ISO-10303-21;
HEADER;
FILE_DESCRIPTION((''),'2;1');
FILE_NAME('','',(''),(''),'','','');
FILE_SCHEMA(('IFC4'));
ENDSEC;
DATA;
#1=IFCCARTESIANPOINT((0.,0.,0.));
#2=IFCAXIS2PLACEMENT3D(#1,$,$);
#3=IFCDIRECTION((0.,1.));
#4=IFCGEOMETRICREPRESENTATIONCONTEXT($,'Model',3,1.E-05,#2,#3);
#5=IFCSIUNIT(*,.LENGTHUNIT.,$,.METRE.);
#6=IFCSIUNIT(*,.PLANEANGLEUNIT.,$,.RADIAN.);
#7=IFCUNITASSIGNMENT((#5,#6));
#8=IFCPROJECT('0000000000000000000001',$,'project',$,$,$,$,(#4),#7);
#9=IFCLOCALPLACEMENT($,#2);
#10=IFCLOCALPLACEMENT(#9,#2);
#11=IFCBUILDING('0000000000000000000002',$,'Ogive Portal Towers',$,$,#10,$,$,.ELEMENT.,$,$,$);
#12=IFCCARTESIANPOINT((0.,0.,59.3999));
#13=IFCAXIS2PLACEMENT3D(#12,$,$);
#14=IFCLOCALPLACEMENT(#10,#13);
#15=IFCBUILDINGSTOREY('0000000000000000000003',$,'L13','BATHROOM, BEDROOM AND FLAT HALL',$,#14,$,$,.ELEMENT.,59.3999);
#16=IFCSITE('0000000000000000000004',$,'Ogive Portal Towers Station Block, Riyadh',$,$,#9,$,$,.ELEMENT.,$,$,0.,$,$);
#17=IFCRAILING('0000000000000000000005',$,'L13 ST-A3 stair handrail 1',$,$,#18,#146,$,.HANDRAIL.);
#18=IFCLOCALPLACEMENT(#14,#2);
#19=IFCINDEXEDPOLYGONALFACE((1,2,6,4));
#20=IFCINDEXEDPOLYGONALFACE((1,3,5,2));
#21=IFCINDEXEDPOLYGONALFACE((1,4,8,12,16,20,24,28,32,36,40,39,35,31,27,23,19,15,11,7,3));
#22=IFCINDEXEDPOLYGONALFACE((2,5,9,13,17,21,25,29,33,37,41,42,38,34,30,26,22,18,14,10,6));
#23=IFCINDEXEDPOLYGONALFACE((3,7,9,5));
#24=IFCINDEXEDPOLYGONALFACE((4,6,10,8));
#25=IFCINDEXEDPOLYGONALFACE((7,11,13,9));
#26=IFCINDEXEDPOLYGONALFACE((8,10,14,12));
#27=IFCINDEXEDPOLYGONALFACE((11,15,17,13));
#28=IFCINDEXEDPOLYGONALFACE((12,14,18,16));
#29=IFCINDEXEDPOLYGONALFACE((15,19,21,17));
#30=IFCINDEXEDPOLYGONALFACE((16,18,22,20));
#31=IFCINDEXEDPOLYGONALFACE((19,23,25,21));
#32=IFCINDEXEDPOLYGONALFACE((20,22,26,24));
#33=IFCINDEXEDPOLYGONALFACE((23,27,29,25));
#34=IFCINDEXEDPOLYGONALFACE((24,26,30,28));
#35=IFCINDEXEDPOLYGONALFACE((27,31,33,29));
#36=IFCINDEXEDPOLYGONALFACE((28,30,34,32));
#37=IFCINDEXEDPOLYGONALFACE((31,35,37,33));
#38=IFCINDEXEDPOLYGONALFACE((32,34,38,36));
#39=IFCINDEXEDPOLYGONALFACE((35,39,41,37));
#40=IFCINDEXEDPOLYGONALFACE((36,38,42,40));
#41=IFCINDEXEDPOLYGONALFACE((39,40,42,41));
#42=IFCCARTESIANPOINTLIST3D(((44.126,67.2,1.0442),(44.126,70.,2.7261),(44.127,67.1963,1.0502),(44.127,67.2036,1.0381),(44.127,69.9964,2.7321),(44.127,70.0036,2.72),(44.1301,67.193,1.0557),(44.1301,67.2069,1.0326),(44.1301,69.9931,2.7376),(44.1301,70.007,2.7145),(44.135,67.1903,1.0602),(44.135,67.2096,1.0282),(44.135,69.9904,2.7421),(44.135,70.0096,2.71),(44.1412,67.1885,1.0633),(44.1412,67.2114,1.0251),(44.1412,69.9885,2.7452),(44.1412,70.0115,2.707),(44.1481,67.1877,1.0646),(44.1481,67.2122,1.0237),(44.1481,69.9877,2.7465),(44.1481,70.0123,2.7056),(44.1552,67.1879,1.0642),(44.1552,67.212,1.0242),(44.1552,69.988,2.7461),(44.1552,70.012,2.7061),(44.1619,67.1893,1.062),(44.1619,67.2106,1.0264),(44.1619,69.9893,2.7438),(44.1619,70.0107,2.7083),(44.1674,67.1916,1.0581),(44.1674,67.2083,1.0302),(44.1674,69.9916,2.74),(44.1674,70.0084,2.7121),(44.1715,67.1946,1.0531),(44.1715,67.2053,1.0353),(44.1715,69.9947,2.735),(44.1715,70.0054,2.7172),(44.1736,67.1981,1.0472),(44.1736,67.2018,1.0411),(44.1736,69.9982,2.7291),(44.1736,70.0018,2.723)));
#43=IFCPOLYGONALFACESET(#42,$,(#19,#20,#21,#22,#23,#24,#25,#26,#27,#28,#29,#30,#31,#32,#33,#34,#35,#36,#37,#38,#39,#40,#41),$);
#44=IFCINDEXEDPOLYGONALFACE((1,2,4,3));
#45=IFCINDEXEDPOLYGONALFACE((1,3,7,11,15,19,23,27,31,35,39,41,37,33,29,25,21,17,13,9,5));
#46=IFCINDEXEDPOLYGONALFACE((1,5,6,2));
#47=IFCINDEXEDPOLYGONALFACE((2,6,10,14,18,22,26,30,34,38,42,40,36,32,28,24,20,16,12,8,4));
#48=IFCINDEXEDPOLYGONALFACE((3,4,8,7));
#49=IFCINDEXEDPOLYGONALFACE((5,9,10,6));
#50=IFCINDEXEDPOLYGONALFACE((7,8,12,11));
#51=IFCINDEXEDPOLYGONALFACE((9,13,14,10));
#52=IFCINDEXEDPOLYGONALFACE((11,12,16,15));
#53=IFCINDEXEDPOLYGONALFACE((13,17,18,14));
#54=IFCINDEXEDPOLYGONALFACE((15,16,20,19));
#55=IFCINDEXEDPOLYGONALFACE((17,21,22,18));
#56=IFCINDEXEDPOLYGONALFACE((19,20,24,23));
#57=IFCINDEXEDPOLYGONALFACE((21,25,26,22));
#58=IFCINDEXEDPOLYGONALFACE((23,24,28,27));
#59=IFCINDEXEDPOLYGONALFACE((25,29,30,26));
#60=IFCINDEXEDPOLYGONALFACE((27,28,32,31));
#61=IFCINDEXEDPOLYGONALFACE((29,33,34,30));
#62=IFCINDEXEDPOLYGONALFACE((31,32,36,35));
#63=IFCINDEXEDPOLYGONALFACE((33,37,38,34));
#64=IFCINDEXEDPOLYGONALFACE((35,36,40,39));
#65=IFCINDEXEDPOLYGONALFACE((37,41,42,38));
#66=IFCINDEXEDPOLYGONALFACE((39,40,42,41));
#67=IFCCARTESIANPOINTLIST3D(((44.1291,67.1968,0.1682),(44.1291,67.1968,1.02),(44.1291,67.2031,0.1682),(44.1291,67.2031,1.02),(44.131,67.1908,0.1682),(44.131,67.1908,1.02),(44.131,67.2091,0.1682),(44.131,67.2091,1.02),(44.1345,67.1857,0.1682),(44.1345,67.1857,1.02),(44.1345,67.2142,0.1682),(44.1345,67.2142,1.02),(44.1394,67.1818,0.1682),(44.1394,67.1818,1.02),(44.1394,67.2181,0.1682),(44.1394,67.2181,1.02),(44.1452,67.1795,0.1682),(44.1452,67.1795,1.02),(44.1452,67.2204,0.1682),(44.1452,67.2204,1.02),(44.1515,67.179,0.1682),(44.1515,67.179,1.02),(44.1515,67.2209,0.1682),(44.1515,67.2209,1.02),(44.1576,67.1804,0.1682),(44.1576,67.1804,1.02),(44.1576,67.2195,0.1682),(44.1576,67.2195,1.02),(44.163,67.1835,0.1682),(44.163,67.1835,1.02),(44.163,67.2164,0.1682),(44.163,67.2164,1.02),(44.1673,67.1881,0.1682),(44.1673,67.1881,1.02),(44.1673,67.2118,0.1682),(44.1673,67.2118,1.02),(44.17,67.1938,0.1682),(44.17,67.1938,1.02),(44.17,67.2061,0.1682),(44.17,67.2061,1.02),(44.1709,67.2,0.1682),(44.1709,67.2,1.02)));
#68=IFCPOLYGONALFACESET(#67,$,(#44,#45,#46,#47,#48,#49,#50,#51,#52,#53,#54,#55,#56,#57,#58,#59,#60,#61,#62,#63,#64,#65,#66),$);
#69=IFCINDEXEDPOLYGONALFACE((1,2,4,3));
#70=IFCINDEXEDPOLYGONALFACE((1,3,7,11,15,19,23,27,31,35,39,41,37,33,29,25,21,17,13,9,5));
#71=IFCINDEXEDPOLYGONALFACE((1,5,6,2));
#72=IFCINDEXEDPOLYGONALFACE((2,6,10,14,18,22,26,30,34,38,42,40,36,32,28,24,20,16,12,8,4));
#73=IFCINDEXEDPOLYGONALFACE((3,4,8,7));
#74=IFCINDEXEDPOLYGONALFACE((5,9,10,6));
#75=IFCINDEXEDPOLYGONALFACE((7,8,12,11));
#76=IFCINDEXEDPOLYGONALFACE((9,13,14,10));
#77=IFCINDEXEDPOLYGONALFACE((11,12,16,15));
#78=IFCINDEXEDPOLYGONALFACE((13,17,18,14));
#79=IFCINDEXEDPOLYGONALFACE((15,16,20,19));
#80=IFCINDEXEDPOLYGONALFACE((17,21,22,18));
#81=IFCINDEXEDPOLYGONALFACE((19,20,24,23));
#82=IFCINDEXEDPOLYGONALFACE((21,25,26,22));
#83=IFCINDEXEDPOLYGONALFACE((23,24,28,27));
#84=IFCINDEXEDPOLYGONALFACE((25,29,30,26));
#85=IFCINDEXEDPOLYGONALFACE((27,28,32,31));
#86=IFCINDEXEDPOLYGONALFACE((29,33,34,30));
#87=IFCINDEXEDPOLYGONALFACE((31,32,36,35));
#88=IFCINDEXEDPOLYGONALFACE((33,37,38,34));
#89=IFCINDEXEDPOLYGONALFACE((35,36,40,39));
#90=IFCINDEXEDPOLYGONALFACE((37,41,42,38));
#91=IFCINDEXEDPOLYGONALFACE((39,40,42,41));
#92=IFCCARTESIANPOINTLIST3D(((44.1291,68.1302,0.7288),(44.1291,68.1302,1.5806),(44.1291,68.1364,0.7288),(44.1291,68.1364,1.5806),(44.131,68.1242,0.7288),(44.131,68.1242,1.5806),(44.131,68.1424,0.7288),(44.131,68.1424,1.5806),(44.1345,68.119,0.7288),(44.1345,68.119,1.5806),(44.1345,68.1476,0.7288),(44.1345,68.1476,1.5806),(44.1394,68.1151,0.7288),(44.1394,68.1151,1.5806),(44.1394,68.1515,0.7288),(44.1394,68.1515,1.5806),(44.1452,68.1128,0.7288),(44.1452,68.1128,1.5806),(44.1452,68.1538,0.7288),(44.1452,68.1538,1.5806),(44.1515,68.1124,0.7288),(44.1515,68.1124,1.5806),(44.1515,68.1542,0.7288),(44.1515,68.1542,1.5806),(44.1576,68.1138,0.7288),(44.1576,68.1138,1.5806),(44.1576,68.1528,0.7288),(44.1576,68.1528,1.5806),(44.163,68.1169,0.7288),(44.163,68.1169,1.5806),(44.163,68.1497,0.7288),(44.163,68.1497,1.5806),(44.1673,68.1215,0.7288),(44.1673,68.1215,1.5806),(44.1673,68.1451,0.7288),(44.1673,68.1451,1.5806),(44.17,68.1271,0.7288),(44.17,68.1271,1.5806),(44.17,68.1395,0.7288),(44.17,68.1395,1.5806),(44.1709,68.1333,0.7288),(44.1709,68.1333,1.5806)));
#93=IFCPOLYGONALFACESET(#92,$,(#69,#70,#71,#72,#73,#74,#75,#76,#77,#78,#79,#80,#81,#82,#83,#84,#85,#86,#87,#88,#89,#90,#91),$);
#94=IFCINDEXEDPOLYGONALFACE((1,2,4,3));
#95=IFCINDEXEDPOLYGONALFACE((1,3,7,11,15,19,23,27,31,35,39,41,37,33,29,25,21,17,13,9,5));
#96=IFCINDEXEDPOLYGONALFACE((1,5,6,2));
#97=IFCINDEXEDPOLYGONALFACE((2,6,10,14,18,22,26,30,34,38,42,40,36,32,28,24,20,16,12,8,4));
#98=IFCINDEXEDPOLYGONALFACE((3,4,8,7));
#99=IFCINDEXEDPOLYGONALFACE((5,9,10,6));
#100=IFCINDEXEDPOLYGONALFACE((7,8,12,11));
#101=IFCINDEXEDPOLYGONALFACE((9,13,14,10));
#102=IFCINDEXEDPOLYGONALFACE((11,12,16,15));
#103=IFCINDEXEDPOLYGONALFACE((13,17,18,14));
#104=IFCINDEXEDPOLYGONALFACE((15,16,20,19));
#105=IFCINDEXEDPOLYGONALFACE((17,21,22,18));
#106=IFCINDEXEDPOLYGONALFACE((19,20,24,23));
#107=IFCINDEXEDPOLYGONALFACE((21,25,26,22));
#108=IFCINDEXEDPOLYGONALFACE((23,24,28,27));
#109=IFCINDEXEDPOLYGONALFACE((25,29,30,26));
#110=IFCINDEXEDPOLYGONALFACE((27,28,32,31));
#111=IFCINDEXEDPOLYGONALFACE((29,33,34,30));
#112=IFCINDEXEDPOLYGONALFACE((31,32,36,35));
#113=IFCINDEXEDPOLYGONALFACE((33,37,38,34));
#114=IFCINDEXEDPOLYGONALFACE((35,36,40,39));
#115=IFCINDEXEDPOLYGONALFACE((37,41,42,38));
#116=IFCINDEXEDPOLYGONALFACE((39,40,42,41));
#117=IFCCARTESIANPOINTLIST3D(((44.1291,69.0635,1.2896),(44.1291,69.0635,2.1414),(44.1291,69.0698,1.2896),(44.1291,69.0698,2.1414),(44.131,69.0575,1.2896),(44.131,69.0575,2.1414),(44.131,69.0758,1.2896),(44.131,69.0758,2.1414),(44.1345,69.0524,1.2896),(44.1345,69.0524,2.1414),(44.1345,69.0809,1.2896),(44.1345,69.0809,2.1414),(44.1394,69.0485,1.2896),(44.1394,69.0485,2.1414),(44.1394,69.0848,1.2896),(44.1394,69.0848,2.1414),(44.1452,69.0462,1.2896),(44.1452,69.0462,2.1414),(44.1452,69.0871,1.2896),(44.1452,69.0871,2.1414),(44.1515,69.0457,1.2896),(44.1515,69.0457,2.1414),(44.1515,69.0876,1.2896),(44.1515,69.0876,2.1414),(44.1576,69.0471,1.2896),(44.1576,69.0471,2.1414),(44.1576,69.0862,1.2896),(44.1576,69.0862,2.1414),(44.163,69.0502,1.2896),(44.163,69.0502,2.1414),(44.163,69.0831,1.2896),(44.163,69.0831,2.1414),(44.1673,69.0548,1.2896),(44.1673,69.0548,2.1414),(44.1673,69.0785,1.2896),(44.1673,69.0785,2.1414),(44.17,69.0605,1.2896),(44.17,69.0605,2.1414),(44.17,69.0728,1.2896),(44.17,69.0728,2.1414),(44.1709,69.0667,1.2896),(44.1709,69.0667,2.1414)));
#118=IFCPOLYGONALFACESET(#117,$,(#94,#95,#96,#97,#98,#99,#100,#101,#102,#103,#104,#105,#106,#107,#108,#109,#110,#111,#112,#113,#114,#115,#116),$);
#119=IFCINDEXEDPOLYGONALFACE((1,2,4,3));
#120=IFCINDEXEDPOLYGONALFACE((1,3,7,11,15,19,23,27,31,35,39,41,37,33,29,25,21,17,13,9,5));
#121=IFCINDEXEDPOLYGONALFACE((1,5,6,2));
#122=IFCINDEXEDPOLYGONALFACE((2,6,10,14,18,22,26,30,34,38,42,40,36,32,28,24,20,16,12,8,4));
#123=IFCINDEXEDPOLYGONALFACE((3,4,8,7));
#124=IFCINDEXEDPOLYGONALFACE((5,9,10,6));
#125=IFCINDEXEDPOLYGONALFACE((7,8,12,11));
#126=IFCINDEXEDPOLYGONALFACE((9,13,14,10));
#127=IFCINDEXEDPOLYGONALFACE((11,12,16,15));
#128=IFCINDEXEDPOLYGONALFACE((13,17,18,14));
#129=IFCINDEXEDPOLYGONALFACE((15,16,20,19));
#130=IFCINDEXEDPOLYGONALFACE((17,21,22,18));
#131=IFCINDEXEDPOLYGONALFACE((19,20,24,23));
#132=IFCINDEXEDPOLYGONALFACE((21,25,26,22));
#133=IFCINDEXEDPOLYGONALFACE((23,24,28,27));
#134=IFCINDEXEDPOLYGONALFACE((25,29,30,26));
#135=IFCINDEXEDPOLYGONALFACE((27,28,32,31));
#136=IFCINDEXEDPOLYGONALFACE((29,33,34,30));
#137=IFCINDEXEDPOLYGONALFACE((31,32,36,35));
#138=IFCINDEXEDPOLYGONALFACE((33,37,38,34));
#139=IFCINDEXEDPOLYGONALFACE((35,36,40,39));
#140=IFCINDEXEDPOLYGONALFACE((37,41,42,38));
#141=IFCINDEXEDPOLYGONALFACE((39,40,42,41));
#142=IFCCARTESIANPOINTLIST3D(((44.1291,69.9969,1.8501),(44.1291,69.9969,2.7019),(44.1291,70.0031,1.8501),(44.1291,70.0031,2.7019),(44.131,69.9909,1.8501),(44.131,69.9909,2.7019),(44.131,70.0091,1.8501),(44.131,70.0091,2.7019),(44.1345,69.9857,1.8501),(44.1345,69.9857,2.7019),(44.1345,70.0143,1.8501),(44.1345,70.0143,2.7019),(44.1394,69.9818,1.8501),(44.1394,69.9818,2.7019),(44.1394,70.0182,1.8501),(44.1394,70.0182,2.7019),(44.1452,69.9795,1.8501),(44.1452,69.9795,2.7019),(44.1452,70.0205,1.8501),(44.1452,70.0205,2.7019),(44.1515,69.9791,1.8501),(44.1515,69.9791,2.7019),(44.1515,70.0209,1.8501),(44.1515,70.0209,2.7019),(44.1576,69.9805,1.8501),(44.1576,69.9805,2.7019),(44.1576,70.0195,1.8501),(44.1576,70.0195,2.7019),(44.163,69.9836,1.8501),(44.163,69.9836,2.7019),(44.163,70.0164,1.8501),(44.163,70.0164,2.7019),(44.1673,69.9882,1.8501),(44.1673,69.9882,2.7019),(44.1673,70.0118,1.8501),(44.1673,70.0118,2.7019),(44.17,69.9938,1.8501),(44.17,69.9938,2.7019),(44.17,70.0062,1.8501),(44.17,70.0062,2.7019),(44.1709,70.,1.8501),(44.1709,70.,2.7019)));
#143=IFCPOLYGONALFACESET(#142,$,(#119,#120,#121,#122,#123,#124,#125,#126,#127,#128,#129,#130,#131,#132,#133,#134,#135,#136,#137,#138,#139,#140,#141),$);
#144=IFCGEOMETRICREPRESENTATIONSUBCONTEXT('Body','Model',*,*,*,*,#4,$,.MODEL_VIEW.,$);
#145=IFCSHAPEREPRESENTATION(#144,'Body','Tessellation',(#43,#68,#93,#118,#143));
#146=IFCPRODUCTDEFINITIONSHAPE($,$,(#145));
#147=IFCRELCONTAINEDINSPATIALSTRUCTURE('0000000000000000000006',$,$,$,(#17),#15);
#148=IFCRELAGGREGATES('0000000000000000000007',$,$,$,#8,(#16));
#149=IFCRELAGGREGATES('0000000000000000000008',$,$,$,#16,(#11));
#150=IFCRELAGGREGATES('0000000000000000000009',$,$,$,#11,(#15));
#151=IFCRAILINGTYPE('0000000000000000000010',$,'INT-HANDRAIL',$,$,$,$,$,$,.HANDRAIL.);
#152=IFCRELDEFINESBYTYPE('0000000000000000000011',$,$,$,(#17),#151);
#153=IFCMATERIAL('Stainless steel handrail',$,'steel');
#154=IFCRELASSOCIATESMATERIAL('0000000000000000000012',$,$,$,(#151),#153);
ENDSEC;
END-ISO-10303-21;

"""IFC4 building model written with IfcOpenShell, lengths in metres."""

from ifc_helpers import new_model, si_unit, direction, frame, origin, origin_2d, place, context, subcontext, project, spatial, circle, extrude, material, type_object, element, save


model = new_model("IFC4")

# Units and contexts
model_context = context("Model", 3, precision=1e-05, world=origin(), true_north=direction((0.0, 1.0)))
body_context = subcontext(model_context, "Body", "Model", "MODEL_VIEW")
ifc_project = project(units=[si_unit("LENGTHUNIT", "METRE"), si_unit("PLANEANGLEUNIT", "RADIAN")], contexts=[model_context])

# Site, building, storey
site_placement = place(None, origin())
site = spatial("IfcSite", under=ifc_project, at=site_placement, Name="Ogive Portal Towers Station Block, Riyadh", CompositionType="ELEMENT", RefElevation=0.0)
building_placement = place(site_placement, origin())
building = spatial("IfcBuilding", under=site, at=building_placement, Name="Ogive Portal Towers", CompositionType="ELEMENT")
storey_placement = place(building_placement, frame((0.0, 0.0, 59.3999)))
storey = spatial("IfcBuildingStorey", under=building, at=storey_placement, Name="L13", Description="BATHROOM, BEDROOM AND FLAT HALL", CompositionType="ELEMENT", Elevation=59.3999)

# Railing
ifc_material_1 = material(Name="Stainless steel handrail", Category="steel")
railing_type_1 = type_object("IfcRailingType", Name="INT-HANDRAIL", PredefinedType="HANDRAIL", material=ifc_material_1)
railing_1_placement = place(storey_placement, frame((44.1499, 67.2, 0.1682)))
element("IfcRailing", 1, at=railing_1_placement, inside=storey, type_object=railing_type_1, Name="L13 ST-A3 stair handrail 1", PredefinedType="HANDRAIL", context=body_context, shape_type="SweptSolid", body=[
    extrude(circle(Radius=0.0239, at=origin_2d()), frame((0.0, 0.0, 0.876), z_axis=(0.0, 0.857242, 0.514913), x_axis=(-1.0, 0.0, 0.0)), (0.0, 0.0, 1.0), 3.2664),
    extrude(circle(Radius=0.021, at=origin_2d()), origin(), (0.0, 0.0, 1.0), 0.8518),
    extrude(circle(Radius=0.021, at=origin_2d()), frame((0.0, 0.9333, 0.5605)), (0.0, 0.0, 1.0), 0.8518),
    extrude(circle(Radius=0.021, at=origin_2d()), frame((0.0, 1.8667, 1.1213)), (0.0, 0.0, 1.0), 0.8518),
    extrude(circle(Radius=0.021, at=origin_2d()), frame((0.0, 2.8, 1.6819)), (0.0, 0.0, 1.0), 0.8518),
])

save(model, "model.ifc")
